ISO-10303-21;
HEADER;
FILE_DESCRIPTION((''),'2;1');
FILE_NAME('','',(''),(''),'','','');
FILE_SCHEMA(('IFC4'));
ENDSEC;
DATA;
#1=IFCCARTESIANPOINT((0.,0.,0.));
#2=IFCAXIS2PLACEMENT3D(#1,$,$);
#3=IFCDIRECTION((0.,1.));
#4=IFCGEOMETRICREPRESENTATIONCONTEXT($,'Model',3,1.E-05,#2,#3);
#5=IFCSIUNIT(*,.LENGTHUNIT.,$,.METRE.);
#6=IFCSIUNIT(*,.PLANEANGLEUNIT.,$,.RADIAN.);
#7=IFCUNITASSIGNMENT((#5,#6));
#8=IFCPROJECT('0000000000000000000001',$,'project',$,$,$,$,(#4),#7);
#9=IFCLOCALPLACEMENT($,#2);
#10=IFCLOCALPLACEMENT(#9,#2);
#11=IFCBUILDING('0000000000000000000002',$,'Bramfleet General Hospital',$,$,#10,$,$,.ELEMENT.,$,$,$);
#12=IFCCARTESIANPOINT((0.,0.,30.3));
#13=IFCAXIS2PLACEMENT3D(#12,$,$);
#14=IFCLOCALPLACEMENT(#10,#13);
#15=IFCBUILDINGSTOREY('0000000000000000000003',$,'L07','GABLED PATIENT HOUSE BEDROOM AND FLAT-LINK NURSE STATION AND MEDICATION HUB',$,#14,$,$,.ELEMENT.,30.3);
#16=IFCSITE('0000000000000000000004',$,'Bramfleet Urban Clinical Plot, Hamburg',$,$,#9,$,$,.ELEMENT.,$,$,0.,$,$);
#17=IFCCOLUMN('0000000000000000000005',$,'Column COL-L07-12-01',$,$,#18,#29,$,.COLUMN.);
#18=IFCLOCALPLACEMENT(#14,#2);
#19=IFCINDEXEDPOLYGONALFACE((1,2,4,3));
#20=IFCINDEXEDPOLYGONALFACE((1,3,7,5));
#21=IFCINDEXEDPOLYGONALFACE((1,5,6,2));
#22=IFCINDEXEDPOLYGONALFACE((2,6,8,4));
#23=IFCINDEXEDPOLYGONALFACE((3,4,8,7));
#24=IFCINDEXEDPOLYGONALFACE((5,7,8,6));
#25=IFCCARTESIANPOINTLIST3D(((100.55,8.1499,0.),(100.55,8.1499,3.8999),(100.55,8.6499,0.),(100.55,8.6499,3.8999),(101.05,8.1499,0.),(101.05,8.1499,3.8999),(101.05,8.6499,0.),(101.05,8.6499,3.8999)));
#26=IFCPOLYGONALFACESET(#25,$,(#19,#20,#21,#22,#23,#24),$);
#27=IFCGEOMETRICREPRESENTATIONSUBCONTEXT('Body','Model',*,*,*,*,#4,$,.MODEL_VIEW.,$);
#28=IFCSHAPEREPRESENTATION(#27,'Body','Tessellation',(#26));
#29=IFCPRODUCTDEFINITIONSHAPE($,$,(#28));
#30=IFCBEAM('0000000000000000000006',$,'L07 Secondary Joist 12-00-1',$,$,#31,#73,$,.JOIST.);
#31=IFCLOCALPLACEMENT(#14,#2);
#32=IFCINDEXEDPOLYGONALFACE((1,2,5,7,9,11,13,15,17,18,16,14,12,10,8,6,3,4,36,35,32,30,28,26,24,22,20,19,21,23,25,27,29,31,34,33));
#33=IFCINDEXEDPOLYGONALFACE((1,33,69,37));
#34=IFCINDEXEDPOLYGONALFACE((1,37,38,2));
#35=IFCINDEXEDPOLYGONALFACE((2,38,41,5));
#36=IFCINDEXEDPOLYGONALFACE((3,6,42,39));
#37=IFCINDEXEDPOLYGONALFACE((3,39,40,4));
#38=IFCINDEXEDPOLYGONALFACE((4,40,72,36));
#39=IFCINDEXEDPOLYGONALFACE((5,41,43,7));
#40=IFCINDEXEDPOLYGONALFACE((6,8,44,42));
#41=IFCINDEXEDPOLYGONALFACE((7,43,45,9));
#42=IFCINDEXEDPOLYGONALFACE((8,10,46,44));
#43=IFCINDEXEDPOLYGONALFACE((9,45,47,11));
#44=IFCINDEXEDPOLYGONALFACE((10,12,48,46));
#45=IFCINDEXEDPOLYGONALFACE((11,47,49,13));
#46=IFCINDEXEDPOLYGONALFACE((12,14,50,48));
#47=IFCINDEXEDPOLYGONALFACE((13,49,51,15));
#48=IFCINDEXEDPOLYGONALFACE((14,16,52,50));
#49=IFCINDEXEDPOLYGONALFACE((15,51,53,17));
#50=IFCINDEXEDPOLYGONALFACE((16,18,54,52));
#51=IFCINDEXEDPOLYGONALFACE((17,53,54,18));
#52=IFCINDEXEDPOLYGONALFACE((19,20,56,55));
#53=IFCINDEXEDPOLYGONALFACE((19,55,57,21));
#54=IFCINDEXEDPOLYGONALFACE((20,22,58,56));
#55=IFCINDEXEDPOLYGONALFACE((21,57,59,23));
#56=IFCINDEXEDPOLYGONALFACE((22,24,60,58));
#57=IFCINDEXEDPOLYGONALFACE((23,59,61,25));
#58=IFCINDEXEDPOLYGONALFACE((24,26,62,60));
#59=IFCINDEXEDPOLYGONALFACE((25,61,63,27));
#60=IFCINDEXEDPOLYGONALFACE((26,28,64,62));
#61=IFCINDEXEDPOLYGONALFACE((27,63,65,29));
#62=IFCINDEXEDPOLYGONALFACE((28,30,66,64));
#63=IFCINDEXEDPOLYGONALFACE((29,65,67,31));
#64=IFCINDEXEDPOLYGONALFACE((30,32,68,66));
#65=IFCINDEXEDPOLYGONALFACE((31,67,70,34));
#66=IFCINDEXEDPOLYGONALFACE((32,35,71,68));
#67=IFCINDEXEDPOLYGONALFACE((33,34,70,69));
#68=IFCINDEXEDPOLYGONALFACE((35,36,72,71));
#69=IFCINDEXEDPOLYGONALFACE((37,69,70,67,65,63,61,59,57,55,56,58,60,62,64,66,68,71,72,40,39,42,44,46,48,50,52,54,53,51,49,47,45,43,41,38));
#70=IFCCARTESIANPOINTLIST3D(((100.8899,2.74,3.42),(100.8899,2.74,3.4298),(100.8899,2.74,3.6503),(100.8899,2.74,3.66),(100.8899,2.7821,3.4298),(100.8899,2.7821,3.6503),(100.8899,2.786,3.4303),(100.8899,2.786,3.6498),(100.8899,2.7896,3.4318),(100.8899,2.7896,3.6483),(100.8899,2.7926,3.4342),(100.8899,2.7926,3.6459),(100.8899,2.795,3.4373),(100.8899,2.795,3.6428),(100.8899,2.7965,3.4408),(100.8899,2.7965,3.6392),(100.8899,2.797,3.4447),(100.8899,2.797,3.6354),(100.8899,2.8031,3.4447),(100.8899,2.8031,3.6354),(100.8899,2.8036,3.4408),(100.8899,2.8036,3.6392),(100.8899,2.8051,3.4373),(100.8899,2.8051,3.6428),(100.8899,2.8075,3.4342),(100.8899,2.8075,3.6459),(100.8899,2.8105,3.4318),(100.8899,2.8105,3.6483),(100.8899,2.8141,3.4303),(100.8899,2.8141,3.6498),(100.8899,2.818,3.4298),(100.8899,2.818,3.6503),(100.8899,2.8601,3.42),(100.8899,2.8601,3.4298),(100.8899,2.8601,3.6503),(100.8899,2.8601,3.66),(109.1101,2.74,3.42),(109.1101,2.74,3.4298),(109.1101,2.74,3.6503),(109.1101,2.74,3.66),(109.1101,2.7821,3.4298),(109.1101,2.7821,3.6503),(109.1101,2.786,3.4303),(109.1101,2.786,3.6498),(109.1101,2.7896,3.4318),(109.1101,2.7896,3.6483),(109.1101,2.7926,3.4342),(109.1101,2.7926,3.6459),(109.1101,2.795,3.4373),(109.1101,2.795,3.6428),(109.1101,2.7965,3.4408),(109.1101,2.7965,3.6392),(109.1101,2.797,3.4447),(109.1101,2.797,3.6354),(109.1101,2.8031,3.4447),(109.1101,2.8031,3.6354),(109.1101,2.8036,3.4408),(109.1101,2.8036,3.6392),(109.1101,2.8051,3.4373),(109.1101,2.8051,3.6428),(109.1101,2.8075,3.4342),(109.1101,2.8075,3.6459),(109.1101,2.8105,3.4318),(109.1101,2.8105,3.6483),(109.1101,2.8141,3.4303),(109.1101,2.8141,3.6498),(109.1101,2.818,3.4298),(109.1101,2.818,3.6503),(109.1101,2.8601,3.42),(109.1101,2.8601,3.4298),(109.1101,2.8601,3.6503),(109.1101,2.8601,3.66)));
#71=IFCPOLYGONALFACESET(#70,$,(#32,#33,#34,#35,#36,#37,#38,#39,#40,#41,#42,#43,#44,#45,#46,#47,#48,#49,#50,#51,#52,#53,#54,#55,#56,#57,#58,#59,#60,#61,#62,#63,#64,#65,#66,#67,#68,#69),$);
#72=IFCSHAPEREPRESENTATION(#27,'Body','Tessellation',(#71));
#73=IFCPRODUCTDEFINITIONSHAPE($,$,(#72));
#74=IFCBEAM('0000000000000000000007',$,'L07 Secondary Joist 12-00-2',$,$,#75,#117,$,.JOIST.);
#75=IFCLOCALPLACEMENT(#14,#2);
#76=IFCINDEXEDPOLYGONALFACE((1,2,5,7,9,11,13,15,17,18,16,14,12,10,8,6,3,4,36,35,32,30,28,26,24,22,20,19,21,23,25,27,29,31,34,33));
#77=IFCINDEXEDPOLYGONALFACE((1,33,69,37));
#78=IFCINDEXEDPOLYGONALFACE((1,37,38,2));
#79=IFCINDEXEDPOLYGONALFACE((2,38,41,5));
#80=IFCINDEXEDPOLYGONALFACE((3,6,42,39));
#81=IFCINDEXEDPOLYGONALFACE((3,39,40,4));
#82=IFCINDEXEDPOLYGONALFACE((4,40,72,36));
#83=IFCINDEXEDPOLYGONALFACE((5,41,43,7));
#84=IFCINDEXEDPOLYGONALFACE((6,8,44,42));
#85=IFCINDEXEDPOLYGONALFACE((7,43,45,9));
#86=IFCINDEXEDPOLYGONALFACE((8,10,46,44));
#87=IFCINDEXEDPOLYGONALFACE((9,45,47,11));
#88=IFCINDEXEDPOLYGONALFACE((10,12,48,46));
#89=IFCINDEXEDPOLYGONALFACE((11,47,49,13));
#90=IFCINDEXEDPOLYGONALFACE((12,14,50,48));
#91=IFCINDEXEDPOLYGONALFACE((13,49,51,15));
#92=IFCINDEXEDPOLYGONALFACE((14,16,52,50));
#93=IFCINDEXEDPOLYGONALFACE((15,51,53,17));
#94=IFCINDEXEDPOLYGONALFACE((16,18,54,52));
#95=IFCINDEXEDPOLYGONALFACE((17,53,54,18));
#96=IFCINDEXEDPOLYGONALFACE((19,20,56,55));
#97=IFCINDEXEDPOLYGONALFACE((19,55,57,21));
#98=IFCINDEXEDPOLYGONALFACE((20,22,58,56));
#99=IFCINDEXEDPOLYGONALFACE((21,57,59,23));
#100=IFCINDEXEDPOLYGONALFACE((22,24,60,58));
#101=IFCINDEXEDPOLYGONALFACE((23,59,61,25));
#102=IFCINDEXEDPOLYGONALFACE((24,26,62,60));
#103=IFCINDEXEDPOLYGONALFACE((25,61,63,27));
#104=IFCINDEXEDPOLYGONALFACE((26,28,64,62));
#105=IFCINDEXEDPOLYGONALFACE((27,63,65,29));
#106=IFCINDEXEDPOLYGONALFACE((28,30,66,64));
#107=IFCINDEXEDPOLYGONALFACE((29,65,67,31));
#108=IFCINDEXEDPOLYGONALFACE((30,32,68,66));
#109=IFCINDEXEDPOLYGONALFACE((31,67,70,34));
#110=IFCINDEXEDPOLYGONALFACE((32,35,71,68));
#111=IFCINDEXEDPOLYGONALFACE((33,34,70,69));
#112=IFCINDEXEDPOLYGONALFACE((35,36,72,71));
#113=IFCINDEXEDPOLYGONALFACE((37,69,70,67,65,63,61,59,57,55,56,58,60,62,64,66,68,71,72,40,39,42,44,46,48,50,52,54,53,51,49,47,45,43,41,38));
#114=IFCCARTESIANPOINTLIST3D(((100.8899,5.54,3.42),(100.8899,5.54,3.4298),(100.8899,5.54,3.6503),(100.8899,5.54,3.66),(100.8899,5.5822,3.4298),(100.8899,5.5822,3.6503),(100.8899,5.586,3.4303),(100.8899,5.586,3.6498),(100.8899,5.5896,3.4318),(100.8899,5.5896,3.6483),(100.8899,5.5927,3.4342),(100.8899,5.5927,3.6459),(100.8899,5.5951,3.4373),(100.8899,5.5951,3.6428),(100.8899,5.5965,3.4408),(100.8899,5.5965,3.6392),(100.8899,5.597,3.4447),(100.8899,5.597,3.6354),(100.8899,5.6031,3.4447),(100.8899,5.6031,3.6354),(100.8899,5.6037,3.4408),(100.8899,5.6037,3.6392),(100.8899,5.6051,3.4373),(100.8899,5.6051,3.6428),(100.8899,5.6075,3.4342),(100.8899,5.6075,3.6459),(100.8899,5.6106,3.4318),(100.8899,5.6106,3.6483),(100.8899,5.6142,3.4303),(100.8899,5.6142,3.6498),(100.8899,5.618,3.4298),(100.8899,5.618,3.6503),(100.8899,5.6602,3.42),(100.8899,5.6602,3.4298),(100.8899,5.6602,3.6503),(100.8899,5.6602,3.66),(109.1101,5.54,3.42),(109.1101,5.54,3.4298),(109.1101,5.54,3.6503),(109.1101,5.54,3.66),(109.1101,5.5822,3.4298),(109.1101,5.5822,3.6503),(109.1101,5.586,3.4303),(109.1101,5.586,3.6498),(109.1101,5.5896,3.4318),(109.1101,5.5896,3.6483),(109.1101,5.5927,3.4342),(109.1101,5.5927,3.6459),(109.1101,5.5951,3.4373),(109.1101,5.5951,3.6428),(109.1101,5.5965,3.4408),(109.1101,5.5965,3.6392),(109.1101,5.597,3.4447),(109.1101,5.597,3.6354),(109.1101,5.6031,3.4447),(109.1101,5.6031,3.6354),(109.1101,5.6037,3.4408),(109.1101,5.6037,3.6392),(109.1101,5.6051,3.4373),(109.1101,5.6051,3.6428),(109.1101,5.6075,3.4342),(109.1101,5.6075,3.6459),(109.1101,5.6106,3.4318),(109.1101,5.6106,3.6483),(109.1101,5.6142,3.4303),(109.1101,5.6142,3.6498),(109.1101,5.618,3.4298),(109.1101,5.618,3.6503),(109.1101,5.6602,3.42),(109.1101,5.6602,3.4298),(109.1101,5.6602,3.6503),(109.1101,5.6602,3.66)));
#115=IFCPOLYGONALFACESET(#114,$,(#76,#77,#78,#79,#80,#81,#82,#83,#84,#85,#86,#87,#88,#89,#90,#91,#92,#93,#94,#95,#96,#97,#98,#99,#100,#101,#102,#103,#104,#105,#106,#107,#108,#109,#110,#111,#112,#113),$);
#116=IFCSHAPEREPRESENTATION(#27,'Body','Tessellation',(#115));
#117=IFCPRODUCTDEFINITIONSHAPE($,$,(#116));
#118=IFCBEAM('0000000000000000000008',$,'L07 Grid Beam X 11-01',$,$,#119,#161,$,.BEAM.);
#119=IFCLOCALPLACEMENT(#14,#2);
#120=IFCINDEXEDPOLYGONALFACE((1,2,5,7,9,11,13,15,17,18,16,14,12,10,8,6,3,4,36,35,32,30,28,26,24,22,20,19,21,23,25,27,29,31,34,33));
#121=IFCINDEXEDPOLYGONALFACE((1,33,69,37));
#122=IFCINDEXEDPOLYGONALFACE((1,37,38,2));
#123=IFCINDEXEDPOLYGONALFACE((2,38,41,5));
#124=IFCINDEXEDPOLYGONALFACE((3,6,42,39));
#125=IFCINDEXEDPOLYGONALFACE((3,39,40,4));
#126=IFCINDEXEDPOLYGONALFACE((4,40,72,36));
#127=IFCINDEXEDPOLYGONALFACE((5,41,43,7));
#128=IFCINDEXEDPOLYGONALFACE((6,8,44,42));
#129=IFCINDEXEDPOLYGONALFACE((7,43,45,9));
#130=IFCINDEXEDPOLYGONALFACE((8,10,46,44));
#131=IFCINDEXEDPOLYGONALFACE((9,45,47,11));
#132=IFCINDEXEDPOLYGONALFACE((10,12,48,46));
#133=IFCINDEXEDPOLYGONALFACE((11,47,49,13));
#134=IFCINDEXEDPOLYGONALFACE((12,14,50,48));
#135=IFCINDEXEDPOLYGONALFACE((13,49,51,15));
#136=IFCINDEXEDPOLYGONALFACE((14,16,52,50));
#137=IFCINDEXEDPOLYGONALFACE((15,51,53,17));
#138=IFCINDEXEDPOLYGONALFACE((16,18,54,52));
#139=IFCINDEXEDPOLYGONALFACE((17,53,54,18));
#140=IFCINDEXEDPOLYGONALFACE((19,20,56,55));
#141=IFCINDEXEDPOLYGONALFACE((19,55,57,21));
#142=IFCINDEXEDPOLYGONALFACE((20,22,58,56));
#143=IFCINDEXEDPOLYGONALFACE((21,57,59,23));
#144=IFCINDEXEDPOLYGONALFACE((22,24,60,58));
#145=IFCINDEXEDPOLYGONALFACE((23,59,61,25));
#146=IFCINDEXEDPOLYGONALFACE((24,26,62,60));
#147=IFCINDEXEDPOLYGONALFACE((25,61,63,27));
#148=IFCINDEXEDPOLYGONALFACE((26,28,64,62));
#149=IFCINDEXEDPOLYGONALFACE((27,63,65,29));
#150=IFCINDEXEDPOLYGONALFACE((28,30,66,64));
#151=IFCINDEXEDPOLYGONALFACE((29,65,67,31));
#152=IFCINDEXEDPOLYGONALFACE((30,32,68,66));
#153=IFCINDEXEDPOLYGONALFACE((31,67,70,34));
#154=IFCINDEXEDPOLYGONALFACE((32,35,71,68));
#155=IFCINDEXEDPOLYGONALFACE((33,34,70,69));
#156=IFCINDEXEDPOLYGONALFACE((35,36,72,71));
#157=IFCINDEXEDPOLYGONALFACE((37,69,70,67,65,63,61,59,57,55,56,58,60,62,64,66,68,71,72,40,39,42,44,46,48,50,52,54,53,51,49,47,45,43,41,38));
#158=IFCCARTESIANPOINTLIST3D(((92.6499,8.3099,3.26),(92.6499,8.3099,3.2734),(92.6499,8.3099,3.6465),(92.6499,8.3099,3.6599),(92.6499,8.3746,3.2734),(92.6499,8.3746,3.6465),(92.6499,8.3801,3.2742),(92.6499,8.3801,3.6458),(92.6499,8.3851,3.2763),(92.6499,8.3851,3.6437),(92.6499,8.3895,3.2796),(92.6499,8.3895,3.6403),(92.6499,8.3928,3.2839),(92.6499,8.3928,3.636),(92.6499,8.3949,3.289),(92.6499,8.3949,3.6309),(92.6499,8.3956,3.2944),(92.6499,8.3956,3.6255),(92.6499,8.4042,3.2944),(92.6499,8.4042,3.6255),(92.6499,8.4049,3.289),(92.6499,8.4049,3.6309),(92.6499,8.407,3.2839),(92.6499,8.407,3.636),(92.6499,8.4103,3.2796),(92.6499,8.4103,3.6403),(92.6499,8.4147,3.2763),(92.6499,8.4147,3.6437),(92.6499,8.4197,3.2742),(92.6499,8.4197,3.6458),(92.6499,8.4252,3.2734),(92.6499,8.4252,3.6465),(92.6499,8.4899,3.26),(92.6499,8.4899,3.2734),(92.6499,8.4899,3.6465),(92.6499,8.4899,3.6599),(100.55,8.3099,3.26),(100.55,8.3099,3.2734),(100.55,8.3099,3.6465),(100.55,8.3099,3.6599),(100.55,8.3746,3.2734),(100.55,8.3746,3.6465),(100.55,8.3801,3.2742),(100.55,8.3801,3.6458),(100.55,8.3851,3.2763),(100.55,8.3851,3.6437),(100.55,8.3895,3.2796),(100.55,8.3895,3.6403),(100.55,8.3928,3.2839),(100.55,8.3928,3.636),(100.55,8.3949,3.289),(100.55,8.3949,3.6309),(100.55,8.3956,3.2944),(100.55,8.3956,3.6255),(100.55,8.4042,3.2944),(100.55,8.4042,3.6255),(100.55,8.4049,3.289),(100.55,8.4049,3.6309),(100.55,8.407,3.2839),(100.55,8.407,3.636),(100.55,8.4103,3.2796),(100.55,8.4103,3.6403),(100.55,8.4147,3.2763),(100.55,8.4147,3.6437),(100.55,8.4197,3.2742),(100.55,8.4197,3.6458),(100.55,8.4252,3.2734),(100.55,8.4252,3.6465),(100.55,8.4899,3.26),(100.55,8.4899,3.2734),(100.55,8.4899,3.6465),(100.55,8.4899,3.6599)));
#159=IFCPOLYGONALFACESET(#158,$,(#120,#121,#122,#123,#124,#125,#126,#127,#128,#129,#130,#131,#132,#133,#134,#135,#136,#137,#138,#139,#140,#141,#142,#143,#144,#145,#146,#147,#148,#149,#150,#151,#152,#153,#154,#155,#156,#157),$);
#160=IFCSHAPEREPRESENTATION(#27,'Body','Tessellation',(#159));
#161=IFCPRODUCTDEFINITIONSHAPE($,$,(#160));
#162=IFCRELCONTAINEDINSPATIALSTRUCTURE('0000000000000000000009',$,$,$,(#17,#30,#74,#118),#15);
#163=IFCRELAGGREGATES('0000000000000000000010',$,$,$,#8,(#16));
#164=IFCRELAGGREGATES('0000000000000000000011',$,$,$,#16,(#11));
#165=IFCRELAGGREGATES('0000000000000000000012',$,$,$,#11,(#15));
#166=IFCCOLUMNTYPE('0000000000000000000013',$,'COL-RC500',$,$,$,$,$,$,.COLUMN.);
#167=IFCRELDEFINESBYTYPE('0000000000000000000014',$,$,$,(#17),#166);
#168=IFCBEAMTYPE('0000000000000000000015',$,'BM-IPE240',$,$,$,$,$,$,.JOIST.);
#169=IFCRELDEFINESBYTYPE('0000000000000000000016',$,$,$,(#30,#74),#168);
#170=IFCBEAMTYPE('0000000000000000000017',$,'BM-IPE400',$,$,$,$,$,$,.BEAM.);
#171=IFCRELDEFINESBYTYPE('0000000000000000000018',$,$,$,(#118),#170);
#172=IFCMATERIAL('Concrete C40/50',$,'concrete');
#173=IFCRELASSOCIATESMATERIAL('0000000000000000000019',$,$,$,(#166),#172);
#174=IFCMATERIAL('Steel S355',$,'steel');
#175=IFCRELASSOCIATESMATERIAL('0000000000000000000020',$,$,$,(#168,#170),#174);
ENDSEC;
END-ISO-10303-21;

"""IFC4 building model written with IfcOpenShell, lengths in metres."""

from ifc_helpers import new_model, si_unit, direction, frame, origin, origin_2d, place, context, subcontext, project, spatial, rectangle, i_section, extrude, material, material_profile, profile_set, type_object, element, save


model = new_model("IFC4")

# Units and contexts
model_context = context("Model", 3, precision=1e-05, world=origin(), true_north=direction((0.0, 1.0)))
body_context = subcontext(model_context, "Body", "Model", "MODEL_VIEW")
ifc_project = project(units=[si_unit("LENGTHUNIT", "METRE"), si_unit("PLANEANGLEUNIT", "RADIAN")], contexts=[model_context])

# Site, building, storey
site_placement = place(None, origin())
site = spatial("IfcSite", under=ifc_project, at=site_placement, Name="Bramfleet Urban Clinical Plot, Hamburg", CompositionType="ELEMENT", RefElevation=0.0)
building_placement = place(site_placement, origin())
building = spatial("IfcBuilding", under=site, at=building_placement, Name="Bramfleet General Hospital", CompositionType="ELEMENT")
storey_placement = place(building_placement, frame((0.0, 0.0, 30.3)))
storey = spatial("IfcBuildingStorey", under=building, at=storey_placement, Name="L07", Description="GABLED PATIENT HOUSE BEDROOM AND FLAT-LINK NURSE STATION AND MEDICATION HUB", CompositionType="ELEMENT", Elevation=30.3)

# Column
ifc_material_1 = material(Name="Concrete C40/50", Category="concrete")
ifc_material_profile_1 = material_profile(ifc_material_1, rectangle(XDim=0.5, YDim=0.5, at=origin_2d()), Name="RC COL 500x500")
ifc_profile_set_1 = profile_set([ifc_material_profile_1], Name="Concrete C40/50")
column_type = type_object("IfcColumnType", Name="COL-RC500", PredefinedType="COLUMN", material=ifc_profile_set_1)
column_placement = place(storey_placement, frame((100.8, 8.3999, 0.0), z_axis=(0.0, 0.0, 1.0), x_axis=(1.0, 0.0, 0.0)))
element("IfcColumn", 1, at=column_placement, inside=storey, type_object=column_type, Name="Column COL-L07-12-01", PredefinedType="COLUMN", context=body_context, shape_type="SweptSolid", body=[
    extrude(rectangle(XDim=0.5, YDim=0.5, at=origin_2d()), origin(), (0.0, 0.0, 1.0), 3.8999),
])

# Beams
ifc_material_2 = material(Name="Steel S355", Category="steel")
ifc_material_profile_2 = material_profile(ifc_material_2, i_section(OverallWidth=0.1201, OverallDepth=0.24, WebThickness=0.0061, FlangeThickness=0.0098, FilletRadius=0.0149, at=origin_2d()), Name="IPE 240")
ifc_profile_set_2 = profile_set([ifc_material_profile_2], Name="Steel S355")
beam_type_1 = type_object("IfcBeamType", Name="BM-IPE240", PredefinedType="JOIST", material=ifc_profile_set_2)
for number, where, z_axis, x_axis, name in (
    (2, (100.8899, 2.8, 3.54), (1.0, 0.0, 0.0), (0.0, 1.0, 0.0), "L07 Secondary Joist 12-00-1"),
    (3, (100.8899, 5.6001, 3.54), (1.0, 0.0, 0.0), (0.0, 1.0, 0.0), "L07 Secondary Joist 12-00-2"),
):
    element("IfcBeam", number, at=place(storey_placement, frame(where, z_axis=z_axis, x_axis=x_axis)), inside=storey, type_object=beam_type_1, Name=name, PredefinedType="JOIST", context=body_context, shape_type="SweptSolid", body=[
        extrude(i_section(OverallWidth=0.1201, OverallDepth=0.24, WebThickness=0.0061, FlangeThickness=0.0098, FilletRadius=0.0149, at=origin_2d()), origin(), (0.0, 0.0, 1.0), 8.2202),
    ])
ifc_material_profile_3 = material_profile(ifc_material_2, i_section(OverallWidth=0.1799, OverallDepth=0.3999, WebThickness=0.0085, FlangeThickness=0.0134, FilletRadius=0.021, at=origin_2d()), Name="IPE 400")
ifc_profile_set_3 = profile_set([ifc_material_profile_3], Name="Steel S355")
beam_type_2 = type_object("IfcBeamType", Name="BM-IPE400", PredefinedType="BEAM", material=ifc_profile_set_3)
beam_1_placement = place(storey_placement, frame((92.6499, 8.3999, 3.46), z_axis=(1.0, 0.0, 0.0), x_axis=(0.0, 1.0, 0.0)))
element("IfcBeam", 4, at=beam_1_placement, inside=storey, type_object=beam_type_2, Name="L07 Grid Beam X 11-01", PredefinedType="BEAM", context=body_context, shape_type="SweptSolid", body=[
    extrude(i_section(OverallWidth=0.1799, OverallDepth=0.3999, WebThickness=0.0085, FlangeThickness=0.0134, FilletRadius=0.021, at=origin_2d()), origin(), (0.0, 0.0, 1.0), 7.9001),
])

save(model, "model.ifc")
